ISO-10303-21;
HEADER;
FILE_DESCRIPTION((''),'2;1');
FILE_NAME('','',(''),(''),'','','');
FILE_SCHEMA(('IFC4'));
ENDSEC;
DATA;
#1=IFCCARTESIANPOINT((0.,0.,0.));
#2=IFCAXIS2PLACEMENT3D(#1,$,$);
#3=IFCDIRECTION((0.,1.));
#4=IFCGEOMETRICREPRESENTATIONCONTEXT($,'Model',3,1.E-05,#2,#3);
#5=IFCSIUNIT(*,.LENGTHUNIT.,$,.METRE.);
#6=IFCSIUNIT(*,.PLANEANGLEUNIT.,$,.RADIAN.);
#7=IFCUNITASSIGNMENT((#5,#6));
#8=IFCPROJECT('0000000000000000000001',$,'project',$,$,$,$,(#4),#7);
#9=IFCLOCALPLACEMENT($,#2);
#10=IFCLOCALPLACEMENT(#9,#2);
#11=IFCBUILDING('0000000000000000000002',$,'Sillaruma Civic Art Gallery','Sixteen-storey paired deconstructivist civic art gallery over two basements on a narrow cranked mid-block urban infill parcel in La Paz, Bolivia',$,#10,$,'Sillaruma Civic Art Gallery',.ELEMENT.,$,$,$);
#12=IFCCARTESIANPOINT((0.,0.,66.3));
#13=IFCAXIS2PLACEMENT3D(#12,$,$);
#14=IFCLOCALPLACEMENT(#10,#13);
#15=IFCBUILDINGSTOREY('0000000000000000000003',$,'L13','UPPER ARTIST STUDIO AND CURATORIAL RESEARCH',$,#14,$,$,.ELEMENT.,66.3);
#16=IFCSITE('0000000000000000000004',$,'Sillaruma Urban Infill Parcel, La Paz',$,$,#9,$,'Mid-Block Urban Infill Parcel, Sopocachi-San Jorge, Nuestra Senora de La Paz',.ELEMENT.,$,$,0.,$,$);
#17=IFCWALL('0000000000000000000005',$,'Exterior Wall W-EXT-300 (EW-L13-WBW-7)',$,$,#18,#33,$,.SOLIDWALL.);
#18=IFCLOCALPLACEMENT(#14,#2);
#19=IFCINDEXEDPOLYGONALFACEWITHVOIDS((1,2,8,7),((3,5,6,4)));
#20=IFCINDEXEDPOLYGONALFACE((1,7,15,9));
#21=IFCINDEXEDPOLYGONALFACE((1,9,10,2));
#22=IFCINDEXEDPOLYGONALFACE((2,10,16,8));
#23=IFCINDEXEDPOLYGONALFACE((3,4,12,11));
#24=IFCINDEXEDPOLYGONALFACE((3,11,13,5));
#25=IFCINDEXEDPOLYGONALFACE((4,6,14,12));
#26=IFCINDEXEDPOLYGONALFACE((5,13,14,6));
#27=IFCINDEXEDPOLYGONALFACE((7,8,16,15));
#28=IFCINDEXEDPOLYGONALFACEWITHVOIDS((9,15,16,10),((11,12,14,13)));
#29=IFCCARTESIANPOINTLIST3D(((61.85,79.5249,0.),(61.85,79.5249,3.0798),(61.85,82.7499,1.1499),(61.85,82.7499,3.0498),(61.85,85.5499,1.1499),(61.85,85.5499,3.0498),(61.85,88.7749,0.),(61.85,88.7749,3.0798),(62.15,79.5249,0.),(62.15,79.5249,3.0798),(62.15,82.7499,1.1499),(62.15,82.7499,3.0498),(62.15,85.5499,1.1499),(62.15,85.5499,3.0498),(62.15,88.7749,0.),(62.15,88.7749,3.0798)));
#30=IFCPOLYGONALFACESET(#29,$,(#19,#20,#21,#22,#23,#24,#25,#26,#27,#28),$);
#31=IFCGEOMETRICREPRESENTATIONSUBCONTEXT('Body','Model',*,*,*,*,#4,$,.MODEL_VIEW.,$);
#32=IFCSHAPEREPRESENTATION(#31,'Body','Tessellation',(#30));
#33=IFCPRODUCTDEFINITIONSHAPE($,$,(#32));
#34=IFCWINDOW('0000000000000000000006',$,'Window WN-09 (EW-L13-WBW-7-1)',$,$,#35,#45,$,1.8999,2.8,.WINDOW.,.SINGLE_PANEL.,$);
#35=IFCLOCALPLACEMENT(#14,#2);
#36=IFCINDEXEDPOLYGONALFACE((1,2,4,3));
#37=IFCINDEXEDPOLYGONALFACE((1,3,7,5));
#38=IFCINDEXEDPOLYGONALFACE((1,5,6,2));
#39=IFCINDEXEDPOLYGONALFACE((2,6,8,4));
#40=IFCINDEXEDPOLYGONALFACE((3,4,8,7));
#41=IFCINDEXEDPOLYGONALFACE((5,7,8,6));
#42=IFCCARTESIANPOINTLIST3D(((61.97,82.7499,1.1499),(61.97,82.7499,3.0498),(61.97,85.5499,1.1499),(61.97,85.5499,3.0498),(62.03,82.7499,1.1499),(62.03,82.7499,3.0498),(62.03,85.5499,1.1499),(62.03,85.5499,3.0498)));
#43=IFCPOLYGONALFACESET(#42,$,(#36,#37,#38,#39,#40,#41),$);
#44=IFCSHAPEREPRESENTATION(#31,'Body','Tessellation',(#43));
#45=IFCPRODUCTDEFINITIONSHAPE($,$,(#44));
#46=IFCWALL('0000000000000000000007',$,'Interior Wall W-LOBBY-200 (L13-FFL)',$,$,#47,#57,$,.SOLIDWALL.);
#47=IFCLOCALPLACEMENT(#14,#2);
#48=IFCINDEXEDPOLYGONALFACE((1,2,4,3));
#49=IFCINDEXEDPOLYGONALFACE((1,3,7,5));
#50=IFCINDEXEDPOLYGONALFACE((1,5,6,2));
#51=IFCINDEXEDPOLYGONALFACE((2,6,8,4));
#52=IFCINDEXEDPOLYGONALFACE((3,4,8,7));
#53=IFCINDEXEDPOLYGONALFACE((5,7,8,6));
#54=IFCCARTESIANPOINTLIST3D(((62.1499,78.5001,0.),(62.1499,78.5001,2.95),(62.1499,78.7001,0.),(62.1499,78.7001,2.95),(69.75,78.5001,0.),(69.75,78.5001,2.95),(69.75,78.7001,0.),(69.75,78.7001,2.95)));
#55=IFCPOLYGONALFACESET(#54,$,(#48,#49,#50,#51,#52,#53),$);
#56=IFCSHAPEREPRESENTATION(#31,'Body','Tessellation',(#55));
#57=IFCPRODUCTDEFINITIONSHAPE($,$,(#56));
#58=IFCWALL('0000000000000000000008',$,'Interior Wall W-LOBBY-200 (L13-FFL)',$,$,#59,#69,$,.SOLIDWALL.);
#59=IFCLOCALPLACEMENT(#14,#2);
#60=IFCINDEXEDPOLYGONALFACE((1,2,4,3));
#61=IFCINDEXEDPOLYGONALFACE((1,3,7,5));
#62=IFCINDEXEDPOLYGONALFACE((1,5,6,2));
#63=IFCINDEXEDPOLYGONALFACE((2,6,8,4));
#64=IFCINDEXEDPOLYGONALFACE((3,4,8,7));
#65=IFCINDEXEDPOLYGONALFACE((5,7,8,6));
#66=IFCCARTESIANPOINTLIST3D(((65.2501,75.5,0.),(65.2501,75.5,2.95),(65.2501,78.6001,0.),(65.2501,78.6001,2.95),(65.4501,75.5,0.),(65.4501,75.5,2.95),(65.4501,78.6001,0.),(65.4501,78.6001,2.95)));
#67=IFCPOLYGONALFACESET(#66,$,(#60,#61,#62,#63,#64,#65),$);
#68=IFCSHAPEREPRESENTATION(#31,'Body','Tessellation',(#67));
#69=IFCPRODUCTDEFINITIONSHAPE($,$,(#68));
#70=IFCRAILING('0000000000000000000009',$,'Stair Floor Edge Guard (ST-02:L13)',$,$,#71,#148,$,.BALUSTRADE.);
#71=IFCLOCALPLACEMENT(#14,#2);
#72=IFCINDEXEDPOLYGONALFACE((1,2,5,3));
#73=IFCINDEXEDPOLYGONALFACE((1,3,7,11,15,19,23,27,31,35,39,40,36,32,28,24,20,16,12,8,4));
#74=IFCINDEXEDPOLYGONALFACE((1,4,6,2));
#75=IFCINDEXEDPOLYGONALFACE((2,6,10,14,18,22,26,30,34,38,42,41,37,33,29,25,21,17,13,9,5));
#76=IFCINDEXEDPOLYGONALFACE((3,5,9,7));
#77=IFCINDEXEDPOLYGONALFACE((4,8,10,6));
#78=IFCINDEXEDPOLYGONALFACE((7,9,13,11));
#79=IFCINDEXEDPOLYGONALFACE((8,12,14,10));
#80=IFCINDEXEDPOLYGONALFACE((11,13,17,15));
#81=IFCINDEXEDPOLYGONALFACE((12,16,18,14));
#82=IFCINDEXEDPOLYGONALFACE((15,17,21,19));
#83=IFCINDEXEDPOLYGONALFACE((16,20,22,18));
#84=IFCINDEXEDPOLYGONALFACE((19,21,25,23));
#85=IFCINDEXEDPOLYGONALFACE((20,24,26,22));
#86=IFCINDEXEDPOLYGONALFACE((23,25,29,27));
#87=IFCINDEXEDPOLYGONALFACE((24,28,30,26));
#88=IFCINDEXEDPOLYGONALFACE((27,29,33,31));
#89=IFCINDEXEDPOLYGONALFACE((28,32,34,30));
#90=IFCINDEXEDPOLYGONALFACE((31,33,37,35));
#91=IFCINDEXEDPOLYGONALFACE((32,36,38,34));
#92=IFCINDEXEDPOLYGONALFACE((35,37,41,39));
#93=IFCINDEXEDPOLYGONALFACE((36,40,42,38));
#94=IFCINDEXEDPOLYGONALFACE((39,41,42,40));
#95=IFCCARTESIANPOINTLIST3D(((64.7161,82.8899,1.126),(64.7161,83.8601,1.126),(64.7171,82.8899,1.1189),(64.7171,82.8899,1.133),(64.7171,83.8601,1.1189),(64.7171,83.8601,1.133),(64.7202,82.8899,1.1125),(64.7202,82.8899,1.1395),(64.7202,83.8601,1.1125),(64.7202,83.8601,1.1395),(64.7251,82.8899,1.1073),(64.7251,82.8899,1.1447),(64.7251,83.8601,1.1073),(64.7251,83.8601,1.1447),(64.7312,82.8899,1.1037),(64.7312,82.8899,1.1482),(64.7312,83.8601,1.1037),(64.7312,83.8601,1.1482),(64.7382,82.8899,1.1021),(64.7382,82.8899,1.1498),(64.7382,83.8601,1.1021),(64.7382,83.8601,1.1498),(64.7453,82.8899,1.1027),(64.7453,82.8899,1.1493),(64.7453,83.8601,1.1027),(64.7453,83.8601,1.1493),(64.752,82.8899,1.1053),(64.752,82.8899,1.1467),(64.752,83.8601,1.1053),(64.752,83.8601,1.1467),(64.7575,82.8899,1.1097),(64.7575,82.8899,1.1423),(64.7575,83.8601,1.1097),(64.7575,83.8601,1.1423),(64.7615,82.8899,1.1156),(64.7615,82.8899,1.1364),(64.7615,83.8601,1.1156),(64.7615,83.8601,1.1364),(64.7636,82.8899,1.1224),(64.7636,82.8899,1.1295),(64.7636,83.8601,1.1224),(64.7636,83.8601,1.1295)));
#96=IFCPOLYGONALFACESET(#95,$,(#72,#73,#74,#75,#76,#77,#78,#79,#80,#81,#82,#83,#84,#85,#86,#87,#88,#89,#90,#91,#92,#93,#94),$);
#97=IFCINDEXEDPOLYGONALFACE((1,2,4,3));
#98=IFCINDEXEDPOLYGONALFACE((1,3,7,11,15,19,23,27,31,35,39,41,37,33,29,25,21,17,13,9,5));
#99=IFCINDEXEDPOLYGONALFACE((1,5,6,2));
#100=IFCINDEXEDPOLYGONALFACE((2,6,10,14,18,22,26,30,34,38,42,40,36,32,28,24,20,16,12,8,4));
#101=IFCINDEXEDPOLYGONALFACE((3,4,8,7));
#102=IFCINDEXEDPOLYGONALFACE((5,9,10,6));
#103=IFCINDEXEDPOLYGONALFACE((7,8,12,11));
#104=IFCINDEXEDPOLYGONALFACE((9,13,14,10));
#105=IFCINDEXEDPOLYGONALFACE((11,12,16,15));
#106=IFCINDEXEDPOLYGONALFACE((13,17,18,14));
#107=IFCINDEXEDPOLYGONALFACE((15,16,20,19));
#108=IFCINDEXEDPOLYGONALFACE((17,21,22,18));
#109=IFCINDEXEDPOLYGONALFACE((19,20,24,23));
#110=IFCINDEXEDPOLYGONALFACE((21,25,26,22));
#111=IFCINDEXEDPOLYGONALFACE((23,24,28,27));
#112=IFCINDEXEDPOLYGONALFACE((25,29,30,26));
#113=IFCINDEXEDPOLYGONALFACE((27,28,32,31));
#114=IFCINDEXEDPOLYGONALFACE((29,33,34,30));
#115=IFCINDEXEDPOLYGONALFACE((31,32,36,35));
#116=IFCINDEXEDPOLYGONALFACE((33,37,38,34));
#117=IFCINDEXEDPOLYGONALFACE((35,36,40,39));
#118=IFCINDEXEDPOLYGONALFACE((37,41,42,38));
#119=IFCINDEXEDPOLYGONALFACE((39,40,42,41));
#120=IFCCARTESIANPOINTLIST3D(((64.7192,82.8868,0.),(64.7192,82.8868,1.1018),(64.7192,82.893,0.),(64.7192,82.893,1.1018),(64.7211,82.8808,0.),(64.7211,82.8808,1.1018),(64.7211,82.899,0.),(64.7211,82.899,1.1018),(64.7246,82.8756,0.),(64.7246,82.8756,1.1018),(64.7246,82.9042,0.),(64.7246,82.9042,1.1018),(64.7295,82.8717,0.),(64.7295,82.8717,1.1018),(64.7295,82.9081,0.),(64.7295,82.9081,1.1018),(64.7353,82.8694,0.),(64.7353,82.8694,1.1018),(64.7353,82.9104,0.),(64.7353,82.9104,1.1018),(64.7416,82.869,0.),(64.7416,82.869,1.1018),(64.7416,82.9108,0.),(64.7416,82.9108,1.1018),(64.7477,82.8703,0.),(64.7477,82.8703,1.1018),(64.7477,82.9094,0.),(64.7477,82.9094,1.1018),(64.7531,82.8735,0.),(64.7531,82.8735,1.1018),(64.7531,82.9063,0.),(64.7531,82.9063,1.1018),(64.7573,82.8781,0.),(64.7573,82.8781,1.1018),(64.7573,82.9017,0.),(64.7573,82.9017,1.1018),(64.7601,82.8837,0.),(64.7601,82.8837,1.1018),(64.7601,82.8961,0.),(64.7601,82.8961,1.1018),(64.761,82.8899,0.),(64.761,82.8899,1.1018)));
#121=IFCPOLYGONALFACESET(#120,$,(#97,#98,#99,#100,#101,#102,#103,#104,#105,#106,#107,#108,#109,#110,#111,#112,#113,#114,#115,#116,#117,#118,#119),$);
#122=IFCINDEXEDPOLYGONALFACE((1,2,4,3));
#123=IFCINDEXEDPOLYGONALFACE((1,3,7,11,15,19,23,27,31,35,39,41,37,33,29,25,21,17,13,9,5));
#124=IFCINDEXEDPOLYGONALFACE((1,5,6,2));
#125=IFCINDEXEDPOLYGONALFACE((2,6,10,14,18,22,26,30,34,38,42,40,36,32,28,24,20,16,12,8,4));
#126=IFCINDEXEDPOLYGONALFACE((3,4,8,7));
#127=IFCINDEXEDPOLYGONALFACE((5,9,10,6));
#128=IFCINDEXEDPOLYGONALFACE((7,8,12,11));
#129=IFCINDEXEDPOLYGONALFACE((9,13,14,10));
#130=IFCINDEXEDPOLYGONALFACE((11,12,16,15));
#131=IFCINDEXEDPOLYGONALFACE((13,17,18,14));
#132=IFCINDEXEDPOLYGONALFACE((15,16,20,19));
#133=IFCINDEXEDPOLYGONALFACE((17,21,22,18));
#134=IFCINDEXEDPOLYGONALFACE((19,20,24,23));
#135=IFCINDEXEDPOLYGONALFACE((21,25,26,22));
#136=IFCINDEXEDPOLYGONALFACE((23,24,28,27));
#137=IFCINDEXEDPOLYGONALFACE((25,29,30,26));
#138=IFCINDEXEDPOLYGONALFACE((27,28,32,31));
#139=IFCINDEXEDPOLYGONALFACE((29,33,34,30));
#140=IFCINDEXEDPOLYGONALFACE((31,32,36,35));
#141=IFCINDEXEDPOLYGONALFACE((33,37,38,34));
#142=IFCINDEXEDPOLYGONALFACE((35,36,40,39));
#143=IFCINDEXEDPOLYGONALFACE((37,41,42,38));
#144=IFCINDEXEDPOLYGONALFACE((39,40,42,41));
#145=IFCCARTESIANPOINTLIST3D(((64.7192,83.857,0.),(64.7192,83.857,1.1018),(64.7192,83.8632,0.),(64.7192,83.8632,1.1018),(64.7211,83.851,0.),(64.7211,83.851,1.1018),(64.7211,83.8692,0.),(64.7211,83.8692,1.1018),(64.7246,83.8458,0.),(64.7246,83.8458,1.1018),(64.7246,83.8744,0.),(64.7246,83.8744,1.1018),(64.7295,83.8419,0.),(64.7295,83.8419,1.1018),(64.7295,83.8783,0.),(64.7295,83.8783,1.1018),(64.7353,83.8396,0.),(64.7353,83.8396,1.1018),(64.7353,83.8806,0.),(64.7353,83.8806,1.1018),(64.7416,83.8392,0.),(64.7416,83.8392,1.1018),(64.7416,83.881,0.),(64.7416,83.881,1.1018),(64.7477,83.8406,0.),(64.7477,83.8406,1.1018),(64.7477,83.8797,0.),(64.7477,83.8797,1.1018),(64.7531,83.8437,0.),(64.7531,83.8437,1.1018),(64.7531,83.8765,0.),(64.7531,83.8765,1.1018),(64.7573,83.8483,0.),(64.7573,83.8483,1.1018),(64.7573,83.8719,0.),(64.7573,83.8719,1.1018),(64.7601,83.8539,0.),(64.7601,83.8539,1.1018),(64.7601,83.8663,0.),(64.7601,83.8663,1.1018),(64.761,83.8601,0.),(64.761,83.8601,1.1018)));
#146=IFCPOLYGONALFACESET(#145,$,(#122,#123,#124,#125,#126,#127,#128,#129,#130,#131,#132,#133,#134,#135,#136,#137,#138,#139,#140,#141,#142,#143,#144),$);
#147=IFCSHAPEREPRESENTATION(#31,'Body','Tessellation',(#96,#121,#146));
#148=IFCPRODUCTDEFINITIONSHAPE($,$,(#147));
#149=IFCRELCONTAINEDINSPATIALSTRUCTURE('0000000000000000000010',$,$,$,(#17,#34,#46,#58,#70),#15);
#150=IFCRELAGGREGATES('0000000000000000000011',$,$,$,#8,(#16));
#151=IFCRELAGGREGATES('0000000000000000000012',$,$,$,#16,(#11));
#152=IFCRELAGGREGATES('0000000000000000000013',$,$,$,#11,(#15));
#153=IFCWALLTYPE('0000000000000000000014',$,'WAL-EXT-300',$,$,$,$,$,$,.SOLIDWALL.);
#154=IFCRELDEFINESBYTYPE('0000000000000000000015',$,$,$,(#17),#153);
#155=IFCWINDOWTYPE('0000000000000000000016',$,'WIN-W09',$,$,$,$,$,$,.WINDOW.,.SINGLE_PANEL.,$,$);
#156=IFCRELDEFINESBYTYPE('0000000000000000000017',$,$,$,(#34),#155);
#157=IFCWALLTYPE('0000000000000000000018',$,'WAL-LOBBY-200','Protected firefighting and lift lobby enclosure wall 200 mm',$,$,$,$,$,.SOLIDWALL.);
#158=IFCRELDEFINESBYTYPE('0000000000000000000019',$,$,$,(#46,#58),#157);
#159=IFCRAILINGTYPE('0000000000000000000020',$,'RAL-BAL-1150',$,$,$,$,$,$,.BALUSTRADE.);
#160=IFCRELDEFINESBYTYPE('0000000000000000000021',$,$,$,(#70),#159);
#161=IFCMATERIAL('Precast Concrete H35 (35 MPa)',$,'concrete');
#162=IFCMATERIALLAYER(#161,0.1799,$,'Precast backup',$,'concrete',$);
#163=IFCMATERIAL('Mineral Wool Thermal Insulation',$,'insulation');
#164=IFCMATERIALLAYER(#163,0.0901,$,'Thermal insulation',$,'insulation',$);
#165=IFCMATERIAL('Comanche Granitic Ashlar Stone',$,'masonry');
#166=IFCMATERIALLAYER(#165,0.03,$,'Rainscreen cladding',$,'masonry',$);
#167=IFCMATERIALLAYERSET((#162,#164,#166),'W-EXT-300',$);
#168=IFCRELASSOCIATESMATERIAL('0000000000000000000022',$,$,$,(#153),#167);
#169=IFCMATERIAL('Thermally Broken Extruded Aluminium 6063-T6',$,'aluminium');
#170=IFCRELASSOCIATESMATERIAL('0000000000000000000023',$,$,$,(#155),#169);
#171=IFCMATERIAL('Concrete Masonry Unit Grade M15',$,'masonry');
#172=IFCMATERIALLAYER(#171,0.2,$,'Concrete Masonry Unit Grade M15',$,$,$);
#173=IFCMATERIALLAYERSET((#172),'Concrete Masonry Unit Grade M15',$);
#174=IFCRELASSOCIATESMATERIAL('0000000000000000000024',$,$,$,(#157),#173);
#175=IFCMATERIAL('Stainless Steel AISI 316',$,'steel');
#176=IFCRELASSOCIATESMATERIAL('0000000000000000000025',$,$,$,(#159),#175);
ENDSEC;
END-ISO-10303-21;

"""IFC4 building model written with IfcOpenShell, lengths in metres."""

from ifc_helpers import new_model, si_unit, direction, frame, frame_2d, origin, origin_2d, place, context, subcontext, project, spatial, rectangle, circle, extrude, material, layer, layer_set, type_object, element, fill, save


model = new_model("IFC4")

# Units and contexts
model_context = context("Model", 3, precision=1e-05, world=origin(), true_north=direction((0.0, 1.0)))
body_context = subcontext(model_context, "Body", "Model", "MODEL_VIEW")
ifc_project = project(units=[si_unit("LENGTHUNIT", "METRE"), si_unit("PLANEANGLEUNIT", "RADIAN")], contexts=[model_context])

# Site, building, storey
site_placement = place(None, origin())
site = spatial("IfcSite", under=ifc_project, at=site_placement, Name="Sillaruma Urban Infill Parcel, La Paz", LongName="Mid-Block Urban Infill Parcel, Sopocachi-San Jorge, Nuestra Senora de La Paz", CompositionType="ELEMENT", RefElevation=0.0)
building_placement = place(site_placement, origin())
building = spatial("IfcBuilding", under=site, at=building_placement, Name="Sillaruma Civic Art Gallery", Description="Sixteen-storey paired deconstructivist civic art gallery over two basements on a narrow cranked mid-block urban infill parcel in La Paz, Bolivia", LongName="Sillaruma Civic Art Gallery", CompositionType="ELEMENT")
storey_placement = place(building_placement, frame((0.0, 0.0, 66.3)))
storey = spatial("IfcBuildingStorey", under=building, at=storey_placement, Name="L13", Description="UPPER ARTIST STUDIO AND CURATORIAL RESEARCH", CompositionType="ELEMENT", Elevation=66.3)

# Shared definitions
ifc_material_1 = material(Name="Thermally Broken Extruded Aluminium 6063-T6", Category="aluminium")

# Wall, opening, window
ifc_material_2 = material(Name="Precast Concrete H35 (35 MPa)", Category="concrete")
ifc_layer_1 = layer(ifc_material_2, 0.1799, Name="Precast backup", Category="concrete")
ifc_material_3 = material(Name="Mineral Wool Thermal Insulation", Category="insulation")
ifc_layer_2 = layer(ifc_material_3, 0.0901, Name="Thermal insulation", Category="insulation")
ifc_material_4 = material(Name="Comanche Granitic Ashlar Stone", Category="masonry")
ifc_layer_3 = layer(ifc_material_4, 0.03, Name="Rainscreen cladding", Category="masonry")
ifc_layer_set_1 = layer_set([ifc_layer_1, ifc_layer_2, ifc_layer_3], Name="W-EXT-300")
wall_type_1 = type_object("IfcWallType", Name="WAL-EXT-300", PredefinedType="SOLIDWALL", material=ifc_layer_set_1)
wall_1_placement = place(storey_placement, frame((62.0, 79.5249, 0.0), z_axis=(0.0, 0.0, 1.0), x_axis=(0.0, 1.0, 0.0)))
wall_1 = element("IfcWall", 1, at=wall_1_placement, inside=storey, type_object=wall_type_1, Name="Exterior Wall W-EXT-300 (EW-L13-WBW-7)", PredefinedType="SOLIDWALL", context=body_context, shape_type="SweptSolid", body=[
    extrude(rectangle(XDim=9.25, YDim=0.3, at=frame_2d((4.625, 0.0))), origin(), (0.0, 0.0, 1.0), 3.0798),
])
opening_1_placement = place(wall_1_placement, frame((3.2251, 0.0, 1.1499)))
opening_1 = element("IfcOpeningElement", 2, at=opening_1_placement, cuts=wall_1, PredefinedType="OPENING", context=body_context, shape_type="SweptSolid", body=[
    extrude(rectangle(XDim=2.8, YDim=1.8999, at=frame_2d((1.3999, 0.95))), frame((0.0, 0.1599, 0.0), z_axis=(0.0, -1.0, 0.0), x_axis=(1.0, 0.0, 0.0)), (0.0, 0.0, 1.0), 0.3201),
])
window_type = type_object("IfcWindowType", Name="WIN-W09", PartitioningType="SINGLE_PANEL", PredefinedType="WINDOW", material=ifc_material_1)
window_placement = place(opening_1_placement, origin())
window = element("IfcWindow", 3, at=window_placement, inside=storey, type_object=window_type, Name="Window WN-09 (EW-L13-WBW-7-1)", OverallHeight=1.8999, OverallWidth=2.8, PartitioningType="SINGLE_PANEL", PredefinedType="WINDOW", context=body_context, shape_type="SweptSolid", body=[
    extrude(rectangle(XDim=2.8, YDim=1.8999, at=frame_2d((1.3999, 0.95))), frame((0.0, 0.03, 0.0), z_axis=(0.0, -1.0, 0.0), x_axis=(1.0, 0.0, 0.0)), (0.0, 0.0, 1.0), 0.0601),
])
fill(opening_1, window)

# Walls
ifc_material_5 = material(Name="Concrete Masonry Unit Grade M15", Category="masonry")
ifc_layer_4 = layer(ifc_material_5, 0.2, Name="Concrete Masonry Unit Grade M15")
ifc_layer_set_2 = layer_set([ifc_layer_4], Name="Concrete Masonry Unit Grade M15")
wall_type_2 = type_object("IfcWallType", Name="WAL-LOBBY-200", Description="Protected firefighting and lift lobby enclosure wall 200 mm", PredefinedType="SOLIDWALL", material=ifc_layer_set_2)
wall_2_placement = place(storey_placement, frame((62.1499, 78.6001, 0.0), z_axis=(0.0, 0.0, 1.0), x_axis=(1.0, 0.0, 0.0)))
element("IfcWall", 4, at=wall_2_placement, inside=storey, type_object=wall_type_2, Name="Interior Wall W-LOBBY-200 (L13-FFL)", PredefinedType="SOLIDWALL", context=body_context, shape_type="SweptSolid", body=[
    extrude(rectangle(XDim=7.6001, YDim=0.2, at=frame_2d((3.8, 0.0))), origin(), (0.0, 0.0, 1.0), 2.95),
])
wall_3_placement = place(storey_placement, frame((65.3501, 75.5, 0.0), z_axis=(0.0, 0.0, 1.0), x_axis=(0.0, 1.0, 0.0)))
element("IfcWall", 5, at=wall_3_placement, inside=storey, type_object=wall_type_2, Name="Interior Wall W-LOBBY-200 (L13-FFL)", PredefinedType="SOLIDWALL", context=body_context, shape_type="SweptSolid", body=[
    extrude(rectangle(XDim=3.1001, YDim=0.2, at=frame_2d((1.55, 0.0))), origin(), (0.0, 0.0, 1.0), 2.95),
])

# Railing
ifc_material_6 = material(Name="Stainless Steel AISI 316", Category="steel")
railing_type = type_object("IfcRailingType", Name="RAL-BAL-1150", PredefinedType="BALUSTRADE", material=ifc_material_6)
railing_1_placement = place(storey_placement, frame((64.74, 82.8899, 0.0)))
element("IfcRailing", 6, at=railing_1_placement, inside=storey, type_object=railing_type, Name="Stair Floor Edge Guard (ST-02:L13)", PredefinedType="BALUSTRADE", context=body_context, shape_type="SweptSolid", body=[
    extrude(circle(Radius=0.0239, at=origin_2d()), frame((0.0, 0.0, 1.126), z_axis=(0.0, 1.0, 0.0), x_axis=(-1.0, 0.0, 0.0)), (0.0, 0.0, 1.0), 0.9702),
    extrude(circle(Radius=0.021, at=origin_2d()), origin(), (0.0, 0.0, 1.0), 1.1018),
    extrude(circle(Radius=0.021, at=origin_2d()), frame((0.0, 0.9702, 0.0)), (0.0, 0.0, 1.0), 1.1018),
])

save(model, "model.ifc")
